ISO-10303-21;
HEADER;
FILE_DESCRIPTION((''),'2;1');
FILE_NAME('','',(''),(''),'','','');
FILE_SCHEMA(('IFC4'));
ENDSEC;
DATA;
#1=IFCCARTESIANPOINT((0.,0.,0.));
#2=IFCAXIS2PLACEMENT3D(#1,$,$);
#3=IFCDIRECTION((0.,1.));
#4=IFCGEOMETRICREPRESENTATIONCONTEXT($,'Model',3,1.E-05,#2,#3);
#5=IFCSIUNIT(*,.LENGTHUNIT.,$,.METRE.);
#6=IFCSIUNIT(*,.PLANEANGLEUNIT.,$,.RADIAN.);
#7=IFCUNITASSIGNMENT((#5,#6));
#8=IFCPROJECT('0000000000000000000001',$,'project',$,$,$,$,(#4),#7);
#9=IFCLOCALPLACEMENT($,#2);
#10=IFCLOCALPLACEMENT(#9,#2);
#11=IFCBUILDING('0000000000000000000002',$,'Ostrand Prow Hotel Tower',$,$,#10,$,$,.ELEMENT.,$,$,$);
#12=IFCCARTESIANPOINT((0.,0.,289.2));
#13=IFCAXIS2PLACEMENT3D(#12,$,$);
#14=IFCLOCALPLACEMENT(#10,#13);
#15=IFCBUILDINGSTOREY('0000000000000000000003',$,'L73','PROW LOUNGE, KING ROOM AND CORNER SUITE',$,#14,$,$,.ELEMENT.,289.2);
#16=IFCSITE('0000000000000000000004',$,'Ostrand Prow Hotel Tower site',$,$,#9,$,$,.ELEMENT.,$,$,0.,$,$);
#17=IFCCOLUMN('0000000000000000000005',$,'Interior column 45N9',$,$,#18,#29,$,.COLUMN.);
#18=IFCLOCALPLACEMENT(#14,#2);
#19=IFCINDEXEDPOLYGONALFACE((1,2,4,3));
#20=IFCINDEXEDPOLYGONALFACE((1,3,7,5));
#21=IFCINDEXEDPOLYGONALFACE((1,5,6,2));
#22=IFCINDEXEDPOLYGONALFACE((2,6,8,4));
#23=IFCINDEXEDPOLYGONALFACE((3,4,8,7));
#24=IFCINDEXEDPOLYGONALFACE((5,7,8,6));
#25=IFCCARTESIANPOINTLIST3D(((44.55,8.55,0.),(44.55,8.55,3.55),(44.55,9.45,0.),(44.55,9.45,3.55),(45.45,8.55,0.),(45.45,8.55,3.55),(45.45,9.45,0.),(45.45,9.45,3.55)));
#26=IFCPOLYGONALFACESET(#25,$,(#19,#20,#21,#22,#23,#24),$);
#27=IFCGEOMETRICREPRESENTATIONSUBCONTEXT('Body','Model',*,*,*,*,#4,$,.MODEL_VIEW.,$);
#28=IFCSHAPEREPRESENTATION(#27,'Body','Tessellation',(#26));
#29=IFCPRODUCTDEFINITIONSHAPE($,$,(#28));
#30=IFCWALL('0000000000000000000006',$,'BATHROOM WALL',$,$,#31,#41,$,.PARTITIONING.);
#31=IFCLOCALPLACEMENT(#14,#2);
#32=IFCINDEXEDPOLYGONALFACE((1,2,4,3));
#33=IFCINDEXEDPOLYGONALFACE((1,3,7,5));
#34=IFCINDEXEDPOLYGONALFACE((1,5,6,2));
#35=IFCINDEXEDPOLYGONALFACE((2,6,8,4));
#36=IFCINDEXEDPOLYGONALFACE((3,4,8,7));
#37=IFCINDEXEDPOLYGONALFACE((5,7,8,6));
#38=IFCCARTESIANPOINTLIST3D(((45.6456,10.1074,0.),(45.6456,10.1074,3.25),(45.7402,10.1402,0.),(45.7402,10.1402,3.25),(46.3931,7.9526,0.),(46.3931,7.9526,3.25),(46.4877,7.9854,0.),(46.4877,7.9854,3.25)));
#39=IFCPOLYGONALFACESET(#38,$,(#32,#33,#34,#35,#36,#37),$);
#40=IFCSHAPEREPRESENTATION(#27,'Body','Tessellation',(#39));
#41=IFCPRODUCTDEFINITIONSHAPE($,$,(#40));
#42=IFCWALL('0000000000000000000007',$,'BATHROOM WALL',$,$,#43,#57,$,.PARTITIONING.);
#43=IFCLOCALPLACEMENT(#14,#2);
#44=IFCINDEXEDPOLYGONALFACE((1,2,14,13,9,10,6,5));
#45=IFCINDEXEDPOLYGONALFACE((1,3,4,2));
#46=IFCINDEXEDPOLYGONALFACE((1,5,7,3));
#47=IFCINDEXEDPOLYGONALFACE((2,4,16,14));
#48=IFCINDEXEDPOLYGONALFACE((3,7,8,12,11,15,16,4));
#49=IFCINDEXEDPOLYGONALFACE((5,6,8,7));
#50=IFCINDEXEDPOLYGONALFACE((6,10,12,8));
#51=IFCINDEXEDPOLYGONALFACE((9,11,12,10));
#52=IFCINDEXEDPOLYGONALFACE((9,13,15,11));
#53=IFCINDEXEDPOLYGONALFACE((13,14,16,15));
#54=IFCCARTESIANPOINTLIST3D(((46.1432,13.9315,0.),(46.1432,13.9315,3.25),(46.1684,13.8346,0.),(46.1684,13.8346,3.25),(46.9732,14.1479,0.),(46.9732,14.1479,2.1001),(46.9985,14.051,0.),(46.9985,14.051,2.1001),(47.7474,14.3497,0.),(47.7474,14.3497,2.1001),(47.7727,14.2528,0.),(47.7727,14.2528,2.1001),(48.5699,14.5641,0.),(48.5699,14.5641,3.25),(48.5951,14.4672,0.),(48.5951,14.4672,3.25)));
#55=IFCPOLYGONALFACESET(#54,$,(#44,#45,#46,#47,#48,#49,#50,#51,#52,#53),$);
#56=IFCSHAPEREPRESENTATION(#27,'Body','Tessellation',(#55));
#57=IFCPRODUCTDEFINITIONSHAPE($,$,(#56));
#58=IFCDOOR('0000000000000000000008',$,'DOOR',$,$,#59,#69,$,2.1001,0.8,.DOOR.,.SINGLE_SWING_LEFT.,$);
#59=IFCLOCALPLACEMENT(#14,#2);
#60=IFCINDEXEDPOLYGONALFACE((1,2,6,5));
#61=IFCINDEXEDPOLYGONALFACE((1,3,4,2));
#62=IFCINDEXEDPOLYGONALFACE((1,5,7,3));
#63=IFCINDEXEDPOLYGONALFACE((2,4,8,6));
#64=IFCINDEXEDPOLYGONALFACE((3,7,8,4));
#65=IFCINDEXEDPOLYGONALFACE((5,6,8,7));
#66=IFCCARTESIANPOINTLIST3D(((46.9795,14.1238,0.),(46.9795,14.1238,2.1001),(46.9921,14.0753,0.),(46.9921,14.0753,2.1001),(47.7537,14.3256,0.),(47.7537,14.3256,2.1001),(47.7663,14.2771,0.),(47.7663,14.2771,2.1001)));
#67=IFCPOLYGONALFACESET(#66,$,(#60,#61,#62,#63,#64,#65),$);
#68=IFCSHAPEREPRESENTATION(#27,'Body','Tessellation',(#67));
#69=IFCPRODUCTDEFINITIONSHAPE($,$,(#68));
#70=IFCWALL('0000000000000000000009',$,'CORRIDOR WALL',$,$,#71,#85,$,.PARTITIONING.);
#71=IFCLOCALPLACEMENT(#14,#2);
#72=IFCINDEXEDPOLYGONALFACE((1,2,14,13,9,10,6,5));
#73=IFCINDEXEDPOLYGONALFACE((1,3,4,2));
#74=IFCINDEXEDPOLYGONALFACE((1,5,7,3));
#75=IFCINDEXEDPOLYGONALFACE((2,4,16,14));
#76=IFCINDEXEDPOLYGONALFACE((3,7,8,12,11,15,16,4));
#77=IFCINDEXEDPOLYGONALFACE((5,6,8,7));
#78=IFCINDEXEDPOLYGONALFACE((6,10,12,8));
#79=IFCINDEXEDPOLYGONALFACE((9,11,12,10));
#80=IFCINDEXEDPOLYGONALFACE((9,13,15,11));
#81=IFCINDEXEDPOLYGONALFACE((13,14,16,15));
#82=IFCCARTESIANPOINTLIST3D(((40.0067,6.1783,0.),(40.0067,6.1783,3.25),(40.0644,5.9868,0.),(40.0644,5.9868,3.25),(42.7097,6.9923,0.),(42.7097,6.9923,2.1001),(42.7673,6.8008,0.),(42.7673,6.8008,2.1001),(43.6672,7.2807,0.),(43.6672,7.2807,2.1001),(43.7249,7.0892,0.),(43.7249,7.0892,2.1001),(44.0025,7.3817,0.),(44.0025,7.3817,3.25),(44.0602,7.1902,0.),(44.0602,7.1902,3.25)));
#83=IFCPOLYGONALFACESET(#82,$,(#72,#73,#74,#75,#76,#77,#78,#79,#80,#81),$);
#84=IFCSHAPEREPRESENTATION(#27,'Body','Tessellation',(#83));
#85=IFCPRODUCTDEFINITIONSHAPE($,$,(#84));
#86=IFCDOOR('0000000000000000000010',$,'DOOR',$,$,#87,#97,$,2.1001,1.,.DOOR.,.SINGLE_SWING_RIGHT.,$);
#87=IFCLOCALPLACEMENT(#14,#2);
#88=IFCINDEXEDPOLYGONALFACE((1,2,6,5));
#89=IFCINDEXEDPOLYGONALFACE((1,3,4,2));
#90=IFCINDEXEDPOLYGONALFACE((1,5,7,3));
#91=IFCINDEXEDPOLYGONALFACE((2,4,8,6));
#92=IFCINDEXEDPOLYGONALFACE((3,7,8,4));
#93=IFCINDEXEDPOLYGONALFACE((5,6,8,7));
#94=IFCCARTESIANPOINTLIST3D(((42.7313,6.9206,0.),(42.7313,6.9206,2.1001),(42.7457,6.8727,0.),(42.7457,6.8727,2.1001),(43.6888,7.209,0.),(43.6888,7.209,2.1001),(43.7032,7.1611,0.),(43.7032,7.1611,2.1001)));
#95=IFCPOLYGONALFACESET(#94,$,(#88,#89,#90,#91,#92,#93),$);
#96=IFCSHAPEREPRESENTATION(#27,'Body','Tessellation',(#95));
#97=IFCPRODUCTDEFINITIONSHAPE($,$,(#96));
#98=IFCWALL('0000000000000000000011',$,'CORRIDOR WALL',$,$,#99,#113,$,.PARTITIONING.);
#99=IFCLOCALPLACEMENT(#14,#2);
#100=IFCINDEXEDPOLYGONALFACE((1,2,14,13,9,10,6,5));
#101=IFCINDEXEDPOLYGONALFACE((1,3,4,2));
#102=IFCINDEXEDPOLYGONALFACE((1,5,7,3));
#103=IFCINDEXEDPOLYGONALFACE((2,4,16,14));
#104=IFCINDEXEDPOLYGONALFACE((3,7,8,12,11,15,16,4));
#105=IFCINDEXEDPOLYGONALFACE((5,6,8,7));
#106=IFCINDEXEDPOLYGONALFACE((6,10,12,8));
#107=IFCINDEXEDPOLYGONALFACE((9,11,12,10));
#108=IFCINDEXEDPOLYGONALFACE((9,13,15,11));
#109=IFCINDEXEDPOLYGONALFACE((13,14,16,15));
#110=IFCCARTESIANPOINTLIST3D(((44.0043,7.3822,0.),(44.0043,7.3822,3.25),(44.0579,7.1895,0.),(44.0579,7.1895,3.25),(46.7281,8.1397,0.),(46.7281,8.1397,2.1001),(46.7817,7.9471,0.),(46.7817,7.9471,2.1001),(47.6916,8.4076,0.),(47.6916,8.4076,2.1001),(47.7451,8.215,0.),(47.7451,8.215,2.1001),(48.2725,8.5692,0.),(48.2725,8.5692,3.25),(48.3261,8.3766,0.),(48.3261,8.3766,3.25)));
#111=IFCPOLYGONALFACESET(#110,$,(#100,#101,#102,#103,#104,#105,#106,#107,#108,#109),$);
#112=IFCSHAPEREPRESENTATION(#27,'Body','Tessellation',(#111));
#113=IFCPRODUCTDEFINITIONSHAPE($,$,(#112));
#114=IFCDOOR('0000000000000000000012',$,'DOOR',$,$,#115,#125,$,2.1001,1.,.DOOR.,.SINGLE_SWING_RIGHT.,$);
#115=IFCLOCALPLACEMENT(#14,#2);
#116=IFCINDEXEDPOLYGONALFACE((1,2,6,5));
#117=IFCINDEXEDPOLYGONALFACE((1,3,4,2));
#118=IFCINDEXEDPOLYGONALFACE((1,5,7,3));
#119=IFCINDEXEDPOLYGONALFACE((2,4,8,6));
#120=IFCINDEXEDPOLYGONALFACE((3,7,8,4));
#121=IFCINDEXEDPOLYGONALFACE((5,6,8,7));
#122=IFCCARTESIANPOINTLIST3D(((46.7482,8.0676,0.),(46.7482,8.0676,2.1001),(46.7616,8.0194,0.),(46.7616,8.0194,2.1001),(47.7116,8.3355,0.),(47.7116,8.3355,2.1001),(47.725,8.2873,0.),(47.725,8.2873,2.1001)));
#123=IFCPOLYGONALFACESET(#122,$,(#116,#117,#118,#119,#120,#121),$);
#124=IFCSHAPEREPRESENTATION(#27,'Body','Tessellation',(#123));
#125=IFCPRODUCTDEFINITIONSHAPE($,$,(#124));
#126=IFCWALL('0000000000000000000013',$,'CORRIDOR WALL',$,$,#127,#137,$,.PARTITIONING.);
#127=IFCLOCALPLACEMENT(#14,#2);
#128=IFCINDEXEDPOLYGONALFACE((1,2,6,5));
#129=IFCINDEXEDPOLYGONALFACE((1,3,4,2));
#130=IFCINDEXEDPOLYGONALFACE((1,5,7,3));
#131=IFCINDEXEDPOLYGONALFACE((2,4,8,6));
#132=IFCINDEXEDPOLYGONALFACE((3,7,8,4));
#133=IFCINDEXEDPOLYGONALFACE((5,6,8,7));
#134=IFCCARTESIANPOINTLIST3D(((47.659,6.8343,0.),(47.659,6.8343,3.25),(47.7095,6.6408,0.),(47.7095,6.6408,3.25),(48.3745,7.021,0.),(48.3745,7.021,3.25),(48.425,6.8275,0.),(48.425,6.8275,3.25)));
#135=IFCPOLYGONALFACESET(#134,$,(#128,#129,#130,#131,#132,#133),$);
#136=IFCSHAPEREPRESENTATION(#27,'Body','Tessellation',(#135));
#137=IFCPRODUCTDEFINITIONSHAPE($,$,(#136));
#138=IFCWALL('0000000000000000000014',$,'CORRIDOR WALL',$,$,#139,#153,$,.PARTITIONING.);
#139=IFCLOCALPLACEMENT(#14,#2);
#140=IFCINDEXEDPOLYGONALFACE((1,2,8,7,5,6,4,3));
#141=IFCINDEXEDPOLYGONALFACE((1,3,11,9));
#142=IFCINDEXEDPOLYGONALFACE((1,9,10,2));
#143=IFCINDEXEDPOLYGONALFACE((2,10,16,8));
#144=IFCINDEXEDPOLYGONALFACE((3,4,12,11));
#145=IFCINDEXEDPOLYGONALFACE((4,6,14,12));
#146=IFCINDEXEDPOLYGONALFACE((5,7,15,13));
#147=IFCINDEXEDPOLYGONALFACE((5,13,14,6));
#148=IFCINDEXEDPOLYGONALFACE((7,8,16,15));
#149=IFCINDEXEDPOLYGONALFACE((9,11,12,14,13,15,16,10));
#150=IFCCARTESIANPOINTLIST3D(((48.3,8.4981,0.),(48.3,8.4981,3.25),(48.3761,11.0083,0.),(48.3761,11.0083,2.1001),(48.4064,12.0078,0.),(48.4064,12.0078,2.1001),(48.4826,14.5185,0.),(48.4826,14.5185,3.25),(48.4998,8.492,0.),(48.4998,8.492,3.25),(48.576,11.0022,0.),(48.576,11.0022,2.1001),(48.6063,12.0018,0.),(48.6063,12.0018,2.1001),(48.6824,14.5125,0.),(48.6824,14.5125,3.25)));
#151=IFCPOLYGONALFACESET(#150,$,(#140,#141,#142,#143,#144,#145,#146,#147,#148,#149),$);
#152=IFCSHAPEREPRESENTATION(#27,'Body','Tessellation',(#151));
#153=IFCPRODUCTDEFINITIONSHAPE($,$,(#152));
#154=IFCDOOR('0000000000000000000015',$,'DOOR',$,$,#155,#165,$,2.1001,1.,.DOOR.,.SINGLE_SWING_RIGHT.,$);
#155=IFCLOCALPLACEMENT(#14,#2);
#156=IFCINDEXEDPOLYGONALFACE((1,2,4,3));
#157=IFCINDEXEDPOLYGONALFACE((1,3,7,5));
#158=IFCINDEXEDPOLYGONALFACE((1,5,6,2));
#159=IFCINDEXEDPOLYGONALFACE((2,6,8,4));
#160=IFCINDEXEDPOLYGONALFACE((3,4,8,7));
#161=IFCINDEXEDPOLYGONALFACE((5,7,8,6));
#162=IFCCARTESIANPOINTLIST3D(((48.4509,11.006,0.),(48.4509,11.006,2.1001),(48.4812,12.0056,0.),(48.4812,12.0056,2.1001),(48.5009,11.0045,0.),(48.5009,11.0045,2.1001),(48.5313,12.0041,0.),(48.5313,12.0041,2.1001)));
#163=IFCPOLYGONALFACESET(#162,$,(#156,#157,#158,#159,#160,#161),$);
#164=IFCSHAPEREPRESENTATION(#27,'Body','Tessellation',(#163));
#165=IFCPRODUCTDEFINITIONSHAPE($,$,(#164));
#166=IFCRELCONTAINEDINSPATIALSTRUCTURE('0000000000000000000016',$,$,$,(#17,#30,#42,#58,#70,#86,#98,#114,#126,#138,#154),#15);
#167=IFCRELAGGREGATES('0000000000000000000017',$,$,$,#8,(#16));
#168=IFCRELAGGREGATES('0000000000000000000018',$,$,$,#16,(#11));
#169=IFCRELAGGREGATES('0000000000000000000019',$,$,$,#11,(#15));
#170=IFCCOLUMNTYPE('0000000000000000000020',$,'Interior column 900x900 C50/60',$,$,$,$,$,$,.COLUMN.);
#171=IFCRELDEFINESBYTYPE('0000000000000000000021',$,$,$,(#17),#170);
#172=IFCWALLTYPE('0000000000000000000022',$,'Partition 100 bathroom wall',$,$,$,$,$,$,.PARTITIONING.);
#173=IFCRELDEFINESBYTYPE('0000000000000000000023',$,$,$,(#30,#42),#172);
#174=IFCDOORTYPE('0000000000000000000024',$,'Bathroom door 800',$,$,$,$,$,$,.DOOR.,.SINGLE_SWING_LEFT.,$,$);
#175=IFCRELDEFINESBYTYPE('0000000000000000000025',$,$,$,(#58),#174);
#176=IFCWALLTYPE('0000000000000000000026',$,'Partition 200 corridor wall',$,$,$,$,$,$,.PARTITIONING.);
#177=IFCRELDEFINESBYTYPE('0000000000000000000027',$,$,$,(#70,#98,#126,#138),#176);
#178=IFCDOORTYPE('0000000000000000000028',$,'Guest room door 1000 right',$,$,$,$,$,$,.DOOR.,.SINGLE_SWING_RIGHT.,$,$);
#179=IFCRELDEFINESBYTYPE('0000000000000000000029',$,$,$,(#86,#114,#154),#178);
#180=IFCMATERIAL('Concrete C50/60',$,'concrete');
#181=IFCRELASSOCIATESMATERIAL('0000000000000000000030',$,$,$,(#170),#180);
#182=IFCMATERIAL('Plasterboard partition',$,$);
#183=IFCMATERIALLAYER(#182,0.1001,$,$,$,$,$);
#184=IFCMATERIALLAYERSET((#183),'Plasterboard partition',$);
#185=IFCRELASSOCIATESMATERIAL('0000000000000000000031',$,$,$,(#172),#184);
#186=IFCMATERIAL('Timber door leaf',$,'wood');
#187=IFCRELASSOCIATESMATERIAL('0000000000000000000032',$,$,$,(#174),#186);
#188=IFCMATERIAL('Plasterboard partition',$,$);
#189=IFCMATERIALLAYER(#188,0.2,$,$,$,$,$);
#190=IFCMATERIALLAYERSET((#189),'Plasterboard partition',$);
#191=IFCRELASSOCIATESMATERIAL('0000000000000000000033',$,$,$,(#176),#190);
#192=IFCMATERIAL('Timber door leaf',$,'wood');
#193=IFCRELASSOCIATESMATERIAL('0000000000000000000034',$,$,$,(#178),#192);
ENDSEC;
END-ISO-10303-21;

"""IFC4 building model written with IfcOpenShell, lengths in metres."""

from ifc_helpers import new_model, si_unit, direction, frame, frame_2d, origin, origin_2d, place, context, subcontext, project, spatial, rectangle, extrude, material, layer, layer_set, material_profile, profile_set, type_object, element, fill, save


model = new_model("IFC4")

# Units and contexts
model_context = context("Model", 3, precision=1e-05, world=origin(), true_north=direction((0.0, 1.0)))
body_context = subcontext(model_context, "Body", "Model", "MODEL_VIEW")
ifc_project = project(units=[si_unit("LENGTHUNIT", "METRE"), si_unit("PLANEANGLEUNIT", "RADIAN")], contexts=[model_context])

# Site, building, storey
site_placement = place(None, origin())
site = spatial("IfcSite", under=ifc_project, at=site_placement, Name="Ostrand Prow Hotel Tower site", CompositionType="ELEMENT", RefElevation=0.0)
building_placement = place(site_placement, origin())
building = spatial("IfcBuilding", under=site, at=building_placement, Name="Ostrand Prow Hotel Tower", CompositionType="ELEMENT")
storey_placement = place(building_placement, frame((0.0, 0.0, 289.2)))
storey = spatial("IfcBuildingStorey", under=building, at=storey_placement, Name="L73", Description="PROW LOUNGE, KING ROOM AND CORNER SUITE", CompositionType="ELEMENT", Elevation=289.2)

# Column
ifc_material_1 = material(Name="Concrete C50/60", Category="concrete")
ifc_material_profile = material_profile(ifc_material_1, rectangle(XDim=0.8999, YDim=0.8999, at=origin_2d()), Name="RC 900x900")
ifc_profile_set = profile_set([ifc_material_profile], Name="Concrete C50/60")
column_type = type_object("IfcColumnType", Name="Interior column 900x900 C50/60", PredefinedType="COLUMN", material=ifc_profile_set)
column_placement = place(storey_placement, frame((45.0, 9.0, 0.0), z_axis=(0.0, 0.0, 1.0), x_axis=(1.0, 0.0, 0.0)))
element("IfcColumn", 1, at=column_placement, inside=storey, type_object=column_type, Name="Interior column 45N9", PredefinedType="COLUMN", context=body_context, shape_type="SweptSolid", body=[
    extrude(rectangle(XDim=0.8999, YDim=0.8999, at=origin_2d()), origin(), (0.0, 0.0, 1.0), 3.55),
])

# Wall
ifc_material_2 = material(Name="Plasterboard partition")
ifc_layer_1 = layer(ifc_material_2, 0.1001)
ifc_layer_set_1 = layer_set([ifc_layer_1], Name="Plasterboard partition")
wall_type_1 = type_object("IfcWallType", Name="Partition 100 bathroom wall", PredefinedType="PARTITIONING", material=ifc_layer_set_1)
wall_1_placement = place(storey_placement, frame((45.6929, 10.1238, 0.0), z_axis=(0.0, 0.0, 1.0), x_axis=(0.327765, -0.944759, 0.0)))
element("IfcWall", 2, at=wall_1_placement, inside=storey, type_object=wall_type_1, Name="BATHROOM WALL", PredefinedType="PARTITIONING", context=body_context, shape_type="SweptSolid", body=[
    extrude(rectangle(XDim=2.2808, YDim=0.1001, at=frame_2d((1.1404, 0.0))), origin(), (0.0, 0.0, 1.0), 3.25),
])

# Walls, openings, doors
wall_2_placement = place(storey_placement, frame((48.5825, 14.5156, 0.0), z_axis=(0.0, 0.0, 1.0), x_axis=(-0.967666, -0.252236, 0.0)))
wall_2 = element("IfcWall", 3, at=wall_2_placement, inside=storey, type_object=wall_type_1, Name="BATHROOM WALL", PredefinedType="PARTITIONING", context=body_context, shape_type="SweptSolid", body=[
    extrude(rectangle(XDim=2.5078, YDim=0.1001, at=frame_2d((1.2539, 0.0))), origin(), (0.0, 0.0, 1.0), 3.25),
])
opening_1_placement = place(wall_2_placement, frame((0.8501, 0.0, 0.0)))
opening_1 = element("IfcOpeningElement", 4, at=opening_1_placement, cuts=wall_2, PredefinedType="OPENING", context=body_context, shape_type="SweptSolid", body=[
    extrude(rectangle(XDim=0.8, YDim=2.1001, at=frame_2d((0.3999, 1.05))), frame((0.0, 0.0601, 0.0), z_axis=(0.0, -1.0, 0.0), x_axis=(1.0, 0.0, 0.0)), (0.0, 0.0, 1.0), 0.1201),
])
ifc_material_3 = material(Name="Timber door leaf", Category="wood")
door_type_1 = type_object("IfcDoorType", Name="Bathroom door 800", OperationType="SINGLE_SWING_LEFT", PredefinedType="DOOR", material=ifc_material_3)
door_1_placement = place(opening_1_placement, origin())
door_1 = element("IfcDoor", 5, at=door_1_placement, inside=storey, type_object=door_type_1, Name="DOOR", OperationType="SINGLE_SWING_LEFT", OverallHeight=2.1001, OverallWidth=0.8, PredefinedType="DOOR", context=body_context, shape_type="SweptSolid", body=[
    extrude(rectangle(XDim=0.8, YDim=2.1001, at=frame_2d((0.3999, 1.05))), frame((0.0, 0.0249, 0.0), z_axis=(0.0, -1.0, 0.0), x_axis=(1.0, 0.0, 0.0)), (0.0, 0.0, 1.0), 0.05),
])
fill(opening_1, door_1)
ifc_material_4 = material(Name="Plasterboard partition")
ifc_layer_2 = layer(ifc_material_4, 0.2)
ifc_layer_set_2 = layer_set([ifc_layer_2], Name="Plasterboard partition")
wall_type_2 = type_object("IfcWallType", Name="Partition 200 corridor wall", PredefinedType="PARTITIONING", material=ifc_layer_set_2)
wall_3_placement = place(storey_placement, frame((44.0312, 7.2859, 0.0), z_axis=(0.0, 0.0, 1.0), x_axis=(-0.957521, -0.288362, 0.0)))
wall_3 = element("IfcWall", 6, at=wall_3_placement, inside=storey, type_object=wall_type_2, Name="CORRIDOR WALL", PredefinedType="PARTITIONING", context=body_context, shape_type="SweptSolid", body=[
    extrude(rectangle(XDim=4.1731, YDim=0.2, at=frame_2d((2.0864, 0.0))), origin(), (0.0, 0.0, 1.0), 3.25),
])
opening_2_placement = place(wall_3_placement, frame((0.3501, 0.0, 0.0)))
opening_2 = element("IfcOpeningElement", 7, at=opening_2_placement, cuts=wall_3, PredefinedType="OPENING", context=body_context, shape_type="SweptSolid", body=[
    extrude(rectangle(XDim=1.0, YDim=2.1001, at=frame_2d((0.5, 1.05))), frame((0.0, 0.1099, 0.0), z_axis=(0.0, -1.0, 0.0), x_axis=(1.0, 0.0, 0.0)), (0.0, 0.0, 1.0), 0.22),
])
ifc_material_5 = material(Name="Timber door leaf", Category="wood")
door_type_2 = type_object("IfcDoorType", Name="Guest room door 1000 right", OperationType="SINGLE_SWING_RIGHT", PredefinedType="DOOR", material=ifc_material_5)
door_2_placement = place(opening_2_placement, origin())
door_2 = element("IfcDoor", 8, at=door_2_placement, inside=storey, type_object=door_type_2, Name="DOOR", OperationType="SINGLE_SWING_RIGHT", OverallHeight=2.1001, OverallWidth=1.0, PredefinedType="DOOR", context=body_context, shape_type="SweptSolid", body=[
    extrude(rectangle(XDim=1.0, YDim=2.1001, at=frame_2d((0.5, 1.05))), frame((0.0, 0.0249, 0.0), z_axis=(0.0, -1.0, 0.0), x_axis=(1.0, 0.0, 0.0)), (0.0, 0.0, 1.0), 0.05),
])
fill(opening_2, door_2)
wall_4_placement = place(storey_placement, frame((48.2993, 8.4729, 0.0), z_axis=(0.0, 0.0, 1.0), x_axis=(-0.963434, -0.267945, 0.0)))
wall_4 = element("IfcWall", 9, at=wall_4_placement, inside=storey, type_object=wall_type_2, Name="CORRIDOR WALL", PredefinedType="PARTITIONING", context=body_context, shape_type="SweptSolid", body=[
    extrude(rectangle(XDim=4.4302, YDim=0.2, at=frame_2d((2.2151, 0.0))), origin(), (0.0, 0.0, 1.0), 3.25),
])
opening_3_placement = place(wall_4_placement, frame((0.603, 0.0, 0.0)))
opening_3 = element("IfcOpeningElement", 10, at=opening_3_placement, cuts=wall_4, PredefinedType="OPENING", context=body_context, shape_type="SweptSolid", body=[
    extrude(rectangle(XDim=1.0, YDim=2.1001, at=frame_2d((0.5, 1.05))), frame((0.0, 0.1099, 0.0), z_axis=(0.0, -1.0, 0.0), x_axis=(1.0, 0.0, 0.0)), (0.0, 0.0, 1.0), 0.22),
])
door_3_placement = place(opening_3_placement, origin())
door_3 = element("IfcDoor", 11, at=door_3_placement, inside=storey, type_object=door_type_2, Name="DOOR", OperationType="SINGLE_SWING_RIGHT", OverallHeight=2.1001, OverallWidth=1.0, PredefinedType="DOOR", context=body_context, shape_type="SweptSolid", body=[
    extrude(rectangle(XDim=1.0, YDim=2.1001, at=frame_2d((0.5, 1.05))), frame((0.0, 0.0249, 0.0), z_axis=(0.0, -1.0, 0.0), x_axis=(1.0, 0.0, 0.0)), (0.0, 0.0, 1.0), 0.05),
])
fill(opening_3, door_3)

# Wall
wall_5_placement = place(storey_placement, frame((47.6843, 6.7375, 0.0), z_axis=(0.0, 0.0, 1.0), x_axis=(0.967586, 0.252543, 0.0)))
element("IfcWall", 12, at=wall_5_placement, inside=storey, type_object=wall_type_2, Name="CORRIDOR WALL", PredefinedType="PARTITIONING", context=body_context, shape_type="SweptSolid", body=[
    extrude(rectangle(XDim=0.7395, YDim=0.2, at=frame_2d((0.3696, 0.0))), origin(), (0.0, 0.0, 1.0), 3.25),
])

# Wall, opening, door
wall_6_placement = place(storey_placement, frame((48.5825, 14.5156, 0.0), z_axis=(0.0, 0.0, 1.0), x_axis=(-0.030319, -0.99954, 0.0)))
wall_6 = element("IfcWall", 13, at=wall_6_placement, inside=storey, type_object=wall_type_2, Name="CORRIDOR WALL", PredefinedType="PARTITIONING", context=body_context, shape_type="SweptSolid", body=[
    extrude(rectangle(XDim=6.0232, YDim=0.2, at=frame_2d((3.0117, 0.0))), origin(), (0.0, 0.0, 1.0), 3.25),
])
opening_4_placement = place(wall_6_placement, frame((2.512, 0.0, 0.0)))
opening_4 = element("IfcOpeningElement", 14, at=opening_4_placement, cuts=wall_6, PredefinedType="OPENING", context=body_context, shape_type="SweptSolid", body=[
    extrude(rectangle(XDim=1.0, YDim=2.1001, at=frame_2d((0.5, 1.05))), frame((0.0, 0.1099, 0.0), z_axis=(0.0, -1.0, 0.0), x_axis=(1.0, 0.0, 0.0)), (0.0, 0.0, 1.0), 0.22),
])
door_4_placement = place(opening_4_placement, origin())
door_4 = element("IfcDoor", 15, at=door_4_placement, inside=storey, type_object=door_type_2, Name="DOOR", OperationType="SINGLE_SWING_RIGHT", OverallHeight=2.1001, OverallWidth=1.0, PredefinedType="DOOR", context=body_context, shape_type="SweptSolid", body=[
    extrude(rectangle(XDim=1.0, YDim=2.1001, at=frame_2d((0.5, 1.05))), frame((0.0, 0.0249, 0.0), z_axis=(0.0, -1.0, 0.0), x_axis=(1.0, 0.0, 0.0)), (0.0, 0.0, 1.0), 0.05),
])
fill(opening_4, door_4)

save(model, "model.ifc")
